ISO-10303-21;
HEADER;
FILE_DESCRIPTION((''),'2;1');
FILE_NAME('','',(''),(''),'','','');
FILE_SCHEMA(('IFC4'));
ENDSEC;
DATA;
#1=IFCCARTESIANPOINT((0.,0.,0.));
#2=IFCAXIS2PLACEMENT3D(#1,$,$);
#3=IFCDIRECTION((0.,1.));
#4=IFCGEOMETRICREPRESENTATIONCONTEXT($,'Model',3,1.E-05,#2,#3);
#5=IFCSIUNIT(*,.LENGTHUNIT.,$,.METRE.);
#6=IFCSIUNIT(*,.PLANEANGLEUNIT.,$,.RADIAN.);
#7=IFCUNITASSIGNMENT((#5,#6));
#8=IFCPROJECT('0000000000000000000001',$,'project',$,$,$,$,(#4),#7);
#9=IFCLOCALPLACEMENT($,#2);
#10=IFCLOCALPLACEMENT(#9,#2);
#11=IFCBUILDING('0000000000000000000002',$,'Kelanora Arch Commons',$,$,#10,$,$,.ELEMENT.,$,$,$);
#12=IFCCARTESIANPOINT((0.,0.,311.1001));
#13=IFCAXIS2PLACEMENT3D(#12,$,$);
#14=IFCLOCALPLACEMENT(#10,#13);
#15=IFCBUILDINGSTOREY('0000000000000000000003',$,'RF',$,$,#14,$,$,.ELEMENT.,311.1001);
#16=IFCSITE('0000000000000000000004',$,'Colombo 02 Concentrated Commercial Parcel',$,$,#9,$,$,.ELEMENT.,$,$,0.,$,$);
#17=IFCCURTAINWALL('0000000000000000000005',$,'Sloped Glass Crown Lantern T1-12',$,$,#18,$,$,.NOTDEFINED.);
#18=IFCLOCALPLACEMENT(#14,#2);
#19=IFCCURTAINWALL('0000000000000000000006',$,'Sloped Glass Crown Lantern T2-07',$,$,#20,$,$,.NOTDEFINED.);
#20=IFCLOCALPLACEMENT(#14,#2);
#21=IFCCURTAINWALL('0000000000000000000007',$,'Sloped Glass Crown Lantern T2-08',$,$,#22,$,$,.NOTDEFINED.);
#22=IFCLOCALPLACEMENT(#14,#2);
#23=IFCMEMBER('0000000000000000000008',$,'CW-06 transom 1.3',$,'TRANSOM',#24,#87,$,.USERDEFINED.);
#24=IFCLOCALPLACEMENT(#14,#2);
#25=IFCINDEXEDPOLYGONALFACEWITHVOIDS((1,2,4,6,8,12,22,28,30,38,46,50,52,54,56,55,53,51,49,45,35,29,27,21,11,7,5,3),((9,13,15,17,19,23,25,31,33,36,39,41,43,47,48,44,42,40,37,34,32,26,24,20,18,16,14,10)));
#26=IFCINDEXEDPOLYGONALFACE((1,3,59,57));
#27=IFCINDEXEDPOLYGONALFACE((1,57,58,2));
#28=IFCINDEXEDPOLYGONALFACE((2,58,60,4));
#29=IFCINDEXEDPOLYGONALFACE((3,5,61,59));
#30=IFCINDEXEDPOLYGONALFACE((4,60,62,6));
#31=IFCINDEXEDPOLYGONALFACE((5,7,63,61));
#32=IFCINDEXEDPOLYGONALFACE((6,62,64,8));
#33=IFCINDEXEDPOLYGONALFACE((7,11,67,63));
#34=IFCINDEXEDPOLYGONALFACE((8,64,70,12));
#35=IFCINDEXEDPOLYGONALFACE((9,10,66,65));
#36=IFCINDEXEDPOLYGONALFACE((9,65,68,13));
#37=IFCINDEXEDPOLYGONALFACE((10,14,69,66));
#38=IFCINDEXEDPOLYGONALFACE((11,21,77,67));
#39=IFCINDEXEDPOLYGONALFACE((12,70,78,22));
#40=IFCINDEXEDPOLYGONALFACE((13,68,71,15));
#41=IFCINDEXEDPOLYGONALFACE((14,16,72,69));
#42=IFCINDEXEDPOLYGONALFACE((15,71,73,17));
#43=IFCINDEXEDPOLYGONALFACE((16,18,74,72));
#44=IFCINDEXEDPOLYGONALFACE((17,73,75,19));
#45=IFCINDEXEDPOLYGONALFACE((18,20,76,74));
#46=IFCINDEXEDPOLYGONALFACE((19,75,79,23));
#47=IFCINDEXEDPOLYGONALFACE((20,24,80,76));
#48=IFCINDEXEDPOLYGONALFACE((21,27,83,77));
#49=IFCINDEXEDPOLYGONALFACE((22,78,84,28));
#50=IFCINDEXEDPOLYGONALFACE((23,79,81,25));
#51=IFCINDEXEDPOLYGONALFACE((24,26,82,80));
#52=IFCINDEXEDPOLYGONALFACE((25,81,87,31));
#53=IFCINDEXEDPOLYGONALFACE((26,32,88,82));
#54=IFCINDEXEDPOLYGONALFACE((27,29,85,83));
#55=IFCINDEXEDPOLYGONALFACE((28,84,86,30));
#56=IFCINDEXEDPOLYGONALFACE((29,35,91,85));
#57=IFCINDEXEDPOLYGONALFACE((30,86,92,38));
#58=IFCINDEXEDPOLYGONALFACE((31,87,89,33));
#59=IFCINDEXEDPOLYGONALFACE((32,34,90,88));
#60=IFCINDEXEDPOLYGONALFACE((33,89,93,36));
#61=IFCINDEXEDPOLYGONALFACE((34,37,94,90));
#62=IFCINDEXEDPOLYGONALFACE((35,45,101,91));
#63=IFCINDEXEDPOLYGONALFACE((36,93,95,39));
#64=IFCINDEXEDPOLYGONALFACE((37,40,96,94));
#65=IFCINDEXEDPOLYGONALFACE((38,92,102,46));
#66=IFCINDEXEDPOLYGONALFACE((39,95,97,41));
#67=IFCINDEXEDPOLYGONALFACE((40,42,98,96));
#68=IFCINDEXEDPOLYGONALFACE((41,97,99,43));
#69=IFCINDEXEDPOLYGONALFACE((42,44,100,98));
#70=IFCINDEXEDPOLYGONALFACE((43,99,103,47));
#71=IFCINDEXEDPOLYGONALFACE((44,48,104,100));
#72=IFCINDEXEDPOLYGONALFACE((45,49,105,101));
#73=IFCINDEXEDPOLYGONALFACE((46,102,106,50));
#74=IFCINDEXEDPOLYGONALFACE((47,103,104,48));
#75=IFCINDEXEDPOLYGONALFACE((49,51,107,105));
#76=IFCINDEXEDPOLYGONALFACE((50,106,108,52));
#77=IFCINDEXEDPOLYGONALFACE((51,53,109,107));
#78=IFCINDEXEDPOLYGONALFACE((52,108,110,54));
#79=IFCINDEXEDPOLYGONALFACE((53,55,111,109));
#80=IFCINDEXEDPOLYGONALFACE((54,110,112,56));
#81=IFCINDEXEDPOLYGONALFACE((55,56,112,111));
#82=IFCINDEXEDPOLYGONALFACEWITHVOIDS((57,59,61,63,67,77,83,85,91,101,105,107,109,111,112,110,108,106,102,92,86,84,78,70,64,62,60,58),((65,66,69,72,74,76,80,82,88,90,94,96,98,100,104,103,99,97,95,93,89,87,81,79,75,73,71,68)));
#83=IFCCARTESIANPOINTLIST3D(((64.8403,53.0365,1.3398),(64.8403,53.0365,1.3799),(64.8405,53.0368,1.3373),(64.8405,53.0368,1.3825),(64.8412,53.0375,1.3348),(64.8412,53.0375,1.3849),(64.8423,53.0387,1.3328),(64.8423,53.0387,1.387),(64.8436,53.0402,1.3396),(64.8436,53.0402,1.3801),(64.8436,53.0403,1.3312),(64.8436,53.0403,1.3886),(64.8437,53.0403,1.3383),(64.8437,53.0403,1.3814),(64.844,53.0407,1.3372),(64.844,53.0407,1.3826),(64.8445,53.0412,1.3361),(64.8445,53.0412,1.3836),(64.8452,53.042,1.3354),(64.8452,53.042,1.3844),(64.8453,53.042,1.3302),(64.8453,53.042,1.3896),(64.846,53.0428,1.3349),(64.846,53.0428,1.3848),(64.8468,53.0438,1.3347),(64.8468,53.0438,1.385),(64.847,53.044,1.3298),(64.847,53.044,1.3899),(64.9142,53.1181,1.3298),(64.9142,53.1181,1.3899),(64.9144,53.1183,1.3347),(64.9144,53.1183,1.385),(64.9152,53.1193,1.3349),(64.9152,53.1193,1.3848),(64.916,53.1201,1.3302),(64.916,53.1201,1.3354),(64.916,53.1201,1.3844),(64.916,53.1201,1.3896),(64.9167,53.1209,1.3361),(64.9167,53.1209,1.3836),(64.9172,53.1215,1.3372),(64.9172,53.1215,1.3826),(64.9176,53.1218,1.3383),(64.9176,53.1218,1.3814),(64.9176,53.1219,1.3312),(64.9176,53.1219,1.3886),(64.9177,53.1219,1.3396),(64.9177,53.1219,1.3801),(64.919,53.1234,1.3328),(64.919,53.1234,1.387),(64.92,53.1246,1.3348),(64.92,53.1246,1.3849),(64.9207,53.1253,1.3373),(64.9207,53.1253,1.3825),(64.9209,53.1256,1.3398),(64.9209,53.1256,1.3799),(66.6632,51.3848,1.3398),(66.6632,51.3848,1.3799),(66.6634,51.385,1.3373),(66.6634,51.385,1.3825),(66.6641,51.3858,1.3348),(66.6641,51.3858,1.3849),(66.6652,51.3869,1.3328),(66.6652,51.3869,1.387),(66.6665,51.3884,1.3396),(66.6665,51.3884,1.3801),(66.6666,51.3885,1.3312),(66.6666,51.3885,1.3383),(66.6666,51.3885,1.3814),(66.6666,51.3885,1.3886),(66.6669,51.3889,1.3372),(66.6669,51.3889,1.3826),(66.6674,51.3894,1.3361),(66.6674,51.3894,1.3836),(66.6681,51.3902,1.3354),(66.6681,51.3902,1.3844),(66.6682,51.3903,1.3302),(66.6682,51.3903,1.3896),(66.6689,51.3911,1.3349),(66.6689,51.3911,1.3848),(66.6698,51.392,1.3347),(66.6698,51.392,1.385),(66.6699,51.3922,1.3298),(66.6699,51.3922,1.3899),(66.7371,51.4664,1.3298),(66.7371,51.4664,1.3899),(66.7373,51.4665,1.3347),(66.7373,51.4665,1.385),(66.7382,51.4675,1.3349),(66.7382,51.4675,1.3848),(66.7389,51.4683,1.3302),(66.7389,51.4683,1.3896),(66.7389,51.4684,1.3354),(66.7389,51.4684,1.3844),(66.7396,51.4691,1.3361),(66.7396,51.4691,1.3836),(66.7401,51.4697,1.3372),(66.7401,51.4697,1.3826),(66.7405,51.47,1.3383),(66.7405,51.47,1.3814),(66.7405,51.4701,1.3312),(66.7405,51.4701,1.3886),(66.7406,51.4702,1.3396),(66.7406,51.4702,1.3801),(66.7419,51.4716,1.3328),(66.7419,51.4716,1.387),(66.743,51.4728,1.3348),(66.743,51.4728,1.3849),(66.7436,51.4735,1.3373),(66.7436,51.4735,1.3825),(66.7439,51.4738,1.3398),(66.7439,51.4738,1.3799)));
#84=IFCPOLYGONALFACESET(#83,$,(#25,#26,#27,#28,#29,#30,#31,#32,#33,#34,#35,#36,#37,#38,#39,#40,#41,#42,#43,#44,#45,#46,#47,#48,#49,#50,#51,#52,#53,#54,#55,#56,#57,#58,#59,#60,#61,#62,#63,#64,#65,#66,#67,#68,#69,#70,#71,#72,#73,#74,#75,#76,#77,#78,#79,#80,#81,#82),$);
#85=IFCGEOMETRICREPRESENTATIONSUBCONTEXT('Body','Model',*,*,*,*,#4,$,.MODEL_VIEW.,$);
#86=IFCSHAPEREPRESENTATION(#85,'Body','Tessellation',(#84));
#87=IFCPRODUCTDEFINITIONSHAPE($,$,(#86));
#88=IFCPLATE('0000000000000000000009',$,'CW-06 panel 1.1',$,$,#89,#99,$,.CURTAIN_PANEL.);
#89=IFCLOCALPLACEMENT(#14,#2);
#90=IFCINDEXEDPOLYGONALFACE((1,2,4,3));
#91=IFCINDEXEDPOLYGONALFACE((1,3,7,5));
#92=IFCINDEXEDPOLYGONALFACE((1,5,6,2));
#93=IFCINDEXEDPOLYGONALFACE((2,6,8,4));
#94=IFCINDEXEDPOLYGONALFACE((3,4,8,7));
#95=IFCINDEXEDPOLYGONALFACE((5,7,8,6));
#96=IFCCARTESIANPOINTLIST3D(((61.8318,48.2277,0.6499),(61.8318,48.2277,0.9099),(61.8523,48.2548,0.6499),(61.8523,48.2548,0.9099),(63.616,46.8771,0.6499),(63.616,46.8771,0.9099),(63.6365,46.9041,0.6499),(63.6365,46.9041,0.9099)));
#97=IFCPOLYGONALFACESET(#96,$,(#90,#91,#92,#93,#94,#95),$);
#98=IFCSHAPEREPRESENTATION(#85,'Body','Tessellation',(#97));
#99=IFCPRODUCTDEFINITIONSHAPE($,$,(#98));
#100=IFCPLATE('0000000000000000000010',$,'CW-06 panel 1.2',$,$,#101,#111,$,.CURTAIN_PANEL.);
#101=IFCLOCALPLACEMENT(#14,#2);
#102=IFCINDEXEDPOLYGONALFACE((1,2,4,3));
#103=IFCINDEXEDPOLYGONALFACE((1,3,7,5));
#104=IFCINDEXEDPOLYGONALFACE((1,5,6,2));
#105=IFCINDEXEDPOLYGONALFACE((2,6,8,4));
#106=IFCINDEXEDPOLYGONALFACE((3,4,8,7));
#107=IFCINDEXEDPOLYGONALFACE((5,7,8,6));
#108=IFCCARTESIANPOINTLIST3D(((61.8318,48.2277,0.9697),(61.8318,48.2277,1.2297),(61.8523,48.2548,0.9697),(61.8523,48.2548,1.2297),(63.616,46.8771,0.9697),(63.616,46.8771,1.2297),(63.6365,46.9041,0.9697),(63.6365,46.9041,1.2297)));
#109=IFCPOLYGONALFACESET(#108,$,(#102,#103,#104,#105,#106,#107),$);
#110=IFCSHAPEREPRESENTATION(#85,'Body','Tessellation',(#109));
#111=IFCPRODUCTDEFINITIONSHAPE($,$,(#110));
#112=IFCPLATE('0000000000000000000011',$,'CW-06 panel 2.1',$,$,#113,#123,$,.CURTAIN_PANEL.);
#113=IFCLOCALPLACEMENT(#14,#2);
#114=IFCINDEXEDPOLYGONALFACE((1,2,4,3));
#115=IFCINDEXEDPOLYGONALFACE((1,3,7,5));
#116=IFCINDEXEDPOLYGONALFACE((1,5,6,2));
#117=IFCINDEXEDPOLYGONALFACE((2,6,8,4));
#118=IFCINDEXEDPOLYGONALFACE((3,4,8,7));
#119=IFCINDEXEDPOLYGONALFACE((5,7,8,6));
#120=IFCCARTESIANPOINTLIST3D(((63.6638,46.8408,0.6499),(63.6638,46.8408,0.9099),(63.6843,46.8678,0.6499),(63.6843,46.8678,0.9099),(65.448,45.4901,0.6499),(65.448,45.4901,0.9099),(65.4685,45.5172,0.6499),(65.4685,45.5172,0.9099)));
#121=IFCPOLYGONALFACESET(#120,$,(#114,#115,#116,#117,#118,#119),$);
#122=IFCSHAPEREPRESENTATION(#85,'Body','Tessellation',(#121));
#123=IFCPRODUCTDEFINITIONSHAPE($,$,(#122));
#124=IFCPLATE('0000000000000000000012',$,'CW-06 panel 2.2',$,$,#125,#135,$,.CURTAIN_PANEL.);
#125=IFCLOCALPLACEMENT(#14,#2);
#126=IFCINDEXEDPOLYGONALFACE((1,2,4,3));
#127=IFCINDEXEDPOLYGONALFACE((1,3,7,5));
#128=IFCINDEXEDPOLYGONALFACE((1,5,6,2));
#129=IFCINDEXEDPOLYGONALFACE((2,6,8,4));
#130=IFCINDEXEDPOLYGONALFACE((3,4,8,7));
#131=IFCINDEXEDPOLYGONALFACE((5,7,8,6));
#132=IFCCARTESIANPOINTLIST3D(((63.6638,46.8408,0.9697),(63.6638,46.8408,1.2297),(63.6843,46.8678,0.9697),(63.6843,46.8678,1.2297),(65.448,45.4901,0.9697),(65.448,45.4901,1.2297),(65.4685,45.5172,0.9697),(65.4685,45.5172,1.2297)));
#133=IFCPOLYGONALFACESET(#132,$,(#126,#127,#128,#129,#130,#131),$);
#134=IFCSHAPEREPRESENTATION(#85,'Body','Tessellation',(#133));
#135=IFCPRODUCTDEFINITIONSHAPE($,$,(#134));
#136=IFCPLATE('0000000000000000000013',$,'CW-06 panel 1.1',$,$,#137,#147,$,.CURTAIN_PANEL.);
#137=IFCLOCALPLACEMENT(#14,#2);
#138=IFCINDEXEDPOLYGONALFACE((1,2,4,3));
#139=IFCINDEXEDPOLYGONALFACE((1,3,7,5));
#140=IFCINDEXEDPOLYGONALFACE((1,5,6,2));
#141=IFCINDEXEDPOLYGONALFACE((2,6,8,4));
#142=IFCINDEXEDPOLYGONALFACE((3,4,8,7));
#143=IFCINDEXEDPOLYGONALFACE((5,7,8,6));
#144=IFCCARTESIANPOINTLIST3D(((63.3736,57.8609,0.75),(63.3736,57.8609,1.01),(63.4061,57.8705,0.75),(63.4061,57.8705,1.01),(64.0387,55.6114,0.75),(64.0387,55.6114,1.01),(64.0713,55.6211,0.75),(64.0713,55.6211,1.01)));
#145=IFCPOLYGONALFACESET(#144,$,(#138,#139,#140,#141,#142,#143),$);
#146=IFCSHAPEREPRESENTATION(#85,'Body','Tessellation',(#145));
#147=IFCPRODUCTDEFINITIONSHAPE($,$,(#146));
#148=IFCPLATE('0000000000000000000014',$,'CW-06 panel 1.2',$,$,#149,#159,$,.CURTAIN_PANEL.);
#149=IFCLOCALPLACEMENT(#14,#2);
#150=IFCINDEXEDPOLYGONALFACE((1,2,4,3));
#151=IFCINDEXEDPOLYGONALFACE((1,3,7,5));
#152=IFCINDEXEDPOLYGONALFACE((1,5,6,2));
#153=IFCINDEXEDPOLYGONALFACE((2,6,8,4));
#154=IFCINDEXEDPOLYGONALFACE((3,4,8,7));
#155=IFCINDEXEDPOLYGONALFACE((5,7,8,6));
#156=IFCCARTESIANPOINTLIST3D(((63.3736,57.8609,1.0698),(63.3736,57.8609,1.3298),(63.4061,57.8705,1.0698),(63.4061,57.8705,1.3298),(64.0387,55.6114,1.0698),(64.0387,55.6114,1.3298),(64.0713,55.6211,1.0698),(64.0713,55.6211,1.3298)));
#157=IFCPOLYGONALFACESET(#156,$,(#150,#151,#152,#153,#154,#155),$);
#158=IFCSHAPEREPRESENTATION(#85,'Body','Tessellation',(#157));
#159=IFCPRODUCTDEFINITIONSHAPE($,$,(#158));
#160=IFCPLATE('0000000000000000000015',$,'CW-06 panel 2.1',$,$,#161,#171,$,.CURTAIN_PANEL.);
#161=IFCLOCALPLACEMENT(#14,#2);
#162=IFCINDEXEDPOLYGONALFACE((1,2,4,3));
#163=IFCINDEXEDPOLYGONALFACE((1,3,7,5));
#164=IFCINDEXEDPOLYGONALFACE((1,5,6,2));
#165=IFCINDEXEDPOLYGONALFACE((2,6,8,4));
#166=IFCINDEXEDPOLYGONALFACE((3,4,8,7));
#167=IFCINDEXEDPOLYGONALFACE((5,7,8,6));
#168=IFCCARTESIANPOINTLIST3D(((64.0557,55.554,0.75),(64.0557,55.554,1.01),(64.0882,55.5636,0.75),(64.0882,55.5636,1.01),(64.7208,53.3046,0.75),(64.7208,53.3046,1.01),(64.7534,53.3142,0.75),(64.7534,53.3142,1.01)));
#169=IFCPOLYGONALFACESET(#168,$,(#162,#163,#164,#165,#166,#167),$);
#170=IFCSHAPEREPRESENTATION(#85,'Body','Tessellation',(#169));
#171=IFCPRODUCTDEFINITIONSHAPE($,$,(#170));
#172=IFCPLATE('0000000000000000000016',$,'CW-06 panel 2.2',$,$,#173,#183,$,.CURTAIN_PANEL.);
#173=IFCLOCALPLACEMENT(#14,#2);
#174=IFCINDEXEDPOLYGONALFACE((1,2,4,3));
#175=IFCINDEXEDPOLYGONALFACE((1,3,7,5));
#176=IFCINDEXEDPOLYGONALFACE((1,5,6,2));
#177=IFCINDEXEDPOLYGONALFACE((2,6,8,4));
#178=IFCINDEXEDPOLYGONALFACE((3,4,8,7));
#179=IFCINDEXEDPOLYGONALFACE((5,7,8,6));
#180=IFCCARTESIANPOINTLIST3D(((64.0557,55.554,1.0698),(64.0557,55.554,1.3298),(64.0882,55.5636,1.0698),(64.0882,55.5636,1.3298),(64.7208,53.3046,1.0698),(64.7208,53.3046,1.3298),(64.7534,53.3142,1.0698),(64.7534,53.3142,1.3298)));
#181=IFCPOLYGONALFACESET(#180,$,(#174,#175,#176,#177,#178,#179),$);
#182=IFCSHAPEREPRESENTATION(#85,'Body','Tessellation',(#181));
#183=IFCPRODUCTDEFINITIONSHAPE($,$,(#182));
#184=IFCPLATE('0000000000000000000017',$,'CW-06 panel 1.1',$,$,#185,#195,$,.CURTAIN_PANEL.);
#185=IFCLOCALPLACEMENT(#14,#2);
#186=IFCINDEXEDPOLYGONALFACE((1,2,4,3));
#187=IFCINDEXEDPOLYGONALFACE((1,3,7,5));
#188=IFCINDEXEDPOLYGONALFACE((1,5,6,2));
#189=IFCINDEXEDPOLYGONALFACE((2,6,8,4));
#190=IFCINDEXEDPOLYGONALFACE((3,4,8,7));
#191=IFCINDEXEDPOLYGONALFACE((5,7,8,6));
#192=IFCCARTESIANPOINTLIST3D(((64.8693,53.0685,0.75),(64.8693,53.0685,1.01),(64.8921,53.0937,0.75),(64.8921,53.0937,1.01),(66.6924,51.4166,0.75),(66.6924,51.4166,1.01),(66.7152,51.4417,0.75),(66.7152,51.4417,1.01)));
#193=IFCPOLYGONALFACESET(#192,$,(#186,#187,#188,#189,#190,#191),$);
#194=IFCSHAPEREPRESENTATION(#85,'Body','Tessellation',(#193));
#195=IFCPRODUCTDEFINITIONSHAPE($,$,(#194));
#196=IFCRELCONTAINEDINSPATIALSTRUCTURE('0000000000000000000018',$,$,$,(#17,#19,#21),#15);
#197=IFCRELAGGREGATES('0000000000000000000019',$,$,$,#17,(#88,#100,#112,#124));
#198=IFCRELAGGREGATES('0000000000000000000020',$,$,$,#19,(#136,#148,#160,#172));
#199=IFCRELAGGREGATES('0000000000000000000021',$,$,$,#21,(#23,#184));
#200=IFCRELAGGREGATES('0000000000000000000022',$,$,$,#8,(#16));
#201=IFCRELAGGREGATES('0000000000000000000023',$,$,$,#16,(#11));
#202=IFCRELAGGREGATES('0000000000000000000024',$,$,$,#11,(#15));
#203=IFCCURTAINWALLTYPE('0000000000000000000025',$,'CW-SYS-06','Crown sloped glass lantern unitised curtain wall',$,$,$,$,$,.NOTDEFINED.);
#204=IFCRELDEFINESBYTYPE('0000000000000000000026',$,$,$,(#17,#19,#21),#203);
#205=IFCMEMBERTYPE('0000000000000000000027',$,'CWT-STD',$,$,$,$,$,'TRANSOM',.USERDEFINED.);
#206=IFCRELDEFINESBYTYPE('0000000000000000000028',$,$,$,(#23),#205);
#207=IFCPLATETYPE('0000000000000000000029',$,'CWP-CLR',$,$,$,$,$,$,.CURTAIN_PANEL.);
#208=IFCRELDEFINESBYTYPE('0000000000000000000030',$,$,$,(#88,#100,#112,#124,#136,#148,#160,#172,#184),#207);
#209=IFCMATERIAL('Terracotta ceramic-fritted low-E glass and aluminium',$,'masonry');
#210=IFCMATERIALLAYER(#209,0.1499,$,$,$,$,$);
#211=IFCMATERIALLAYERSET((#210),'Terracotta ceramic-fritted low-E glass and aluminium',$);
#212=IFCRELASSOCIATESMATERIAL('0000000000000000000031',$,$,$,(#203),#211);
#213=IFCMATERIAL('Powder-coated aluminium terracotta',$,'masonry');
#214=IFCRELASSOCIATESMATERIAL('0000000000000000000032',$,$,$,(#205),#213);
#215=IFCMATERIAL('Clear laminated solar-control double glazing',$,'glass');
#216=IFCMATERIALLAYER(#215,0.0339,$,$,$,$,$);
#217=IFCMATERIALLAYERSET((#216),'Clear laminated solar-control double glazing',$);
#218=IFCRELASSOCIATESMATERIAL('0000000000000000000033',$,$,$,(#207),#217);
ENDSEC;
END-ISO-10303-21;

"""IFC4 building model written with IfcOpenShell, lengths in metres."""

from ifc_helpers import new_model, si_unit, direction, frame, origin, origin_2d, place, context, subcontext, project, spatial, rectangle, hollow_rectangle, extrude, source, transform, mapped, material, layer, layer_set, material_profile, profile_set, type_object, element, aggregate, save


model = new_model("IFC4")

# Units and contexts
model_context = context("Model", 3, precision=1e-05, world=origin(), true_north=direction((0.0, 1.0)))
body_context = subcontext(model_context, "Body", "Model", "MODEL_VIEW")
ifc_project = project(units=[si_unit("LENGTHUNIT", "METRE"), si_unit("PLANEANGLEUNIT", "RADIAN")], contexts=[model_context])

# Site, building, storey
site_placement = place(None, origin())
site = spatial("IfcSite", under=ifc_project, at=site_placement, Name="Colombo 02 Concentrated Commercial Parcel", CompositionType="ELEMENT", RefElevation=0.0)
building_placement = place(site_placement, origin())
building = spatial("IfcBuilding", under=site, at=building_placement, Name="Kelanora Arch Commons", CompositionType="ELEMENT")
storey_placement = place(building_placement, frame((0.0, 0.0, 311.1001)))
storey = spatial("IfcBuildingStorey", under=building, at=storey_placement, Name="RF", CompositionType="ELEMENT", Elevation=311.1001)

# Curtain walls
ifc_material_1 = material(Name="Terracotta ceramic-fritted low-E glass and aluminium", Category="masonry")
ifc_layer_1 = layer(ifc_material_1, 0.1499)
ifc_layer_set_1 = layer_set([ifc_layer_1], Name="Terracotta ceramic-fritted low-E glass and aluminium")
curtain_wall_type = type_object("IfcCurtainWallType", Name="CW-SYS-06", Description="Crown sloped glass lantern unitised curtain wall", PredefinedType="NOTDEFINED", material=ifc_layer_set_1)
curtain_wall_1_placement = place(storey_placement, origin())
curtain_wall_1 = element("IfcCurtainWall", 1, at=curtain_wall_1_placement, inside=storey, type_object=curtain_wall_type, Name="Sloped Glass Crown Lantern T1-12", PredefinedType="NOTDEFINED")
ifc_material_2 = material(Name="Powder-coated aluminium terracotta", Category="masonry")
curtain_wall_2_placement = place(storey_placement, origin())
curtain_wall_2 = element("IfcCurtainWall", 2, at=curtain_wall_2_placement, inside=storey, type_object=curtain_wall_type, Name="Sloped Glass Crown Lantern T2-07", PredefinedType="NOTDEFINED")

# Curtain wall
curtain_wall_3_placement = place(storey_placement, origin())
curtain_wall_3 = element("IfcCurtainWall", 3, at=curtain_wall_3_placement, inside=storey, type_object=curtain_wall_type, Name="Sloped Glass Crown Lantern T2-08", PredefinedType="NOTDEFINED")

# Member
ifc_material_profile_1 = material_profile(ifc_material_2, hollow_rectangle(XDim=0.1201, YDim=0.0601, WallThickness=0.0049, InnerFilletRadius=0.0049, OuterFilletRadius=0.01, at=origin_2d()), Name="CWT120x60")
ifc_profile_set_1 = profile_set([ifc_material_profile_1], Name="Powder-coated aluminium terracotta")
member_type_1 = type_object("IfcMemberType", Name="CWT-STD", ElementType="TRANSOM", PredefinedType="USERDEFINED", material=ifc_profile_set_1)
member_1_placement = place(storey_placement, frame((64.8806, 53.0811, 1.3599), z_axis=(0.741035, -0.671467, 0.0), x_axis=(0.671467, 0.741035, 0.0)))
member_1 = element("IfcMember", 4, at=member_1_placement, type_object=member_type_1, Name="CW-06 transom 1.3", ObjectType="TRANSOM", PredefinedType="USERDEFINED", context=body_context, shape_type="SweptSolid", body=[
    extrude(hollow_rectangle(XDim=0.1201, YDim=0.0601, WallThickness=0.0049, InnerFilletRadius=0.0049, OuterFilletRadius=0.01, at=origin_2d()), origin(), (0.0, 0.0, 1.0), 2.46),
])

# Plates
ifc_material_3 = material(Name="Clear laminated solar-control double glazing", Category="glass")
ifc_layer_2 = layer(ifc_material_3, 0.0339)
ifc_layer_set_2 = layer_set([ifc_layer_2], Name="Clear laminated solar-control double glazing")
plate_type = type_object("IfcPlateType", Name="CWP-CLR", PredefinedType="CURTAIN_PANEL", material=ifc_layer_set_2)
shared_shape_1 = source(origin(), body_context, "Body", "SweptSolid", [
    extrude(rectangle(XDim=2.2378, YDim=0.0339, at=origin_2d()), origin(), (0.0, 0.0, 1.0), 0.26),
])
plate_1_placement = place(storey_placement, frame((62.7341, 47.5659, 0.6499), z_axis=(0.0, 0.0, 1.0), x_axis=(0.797311, -0.603568, 0.0)))
plate_1 = element("IfcPlate", 5, at=plate_1_placement, type_object=plate_type, Name="CW-06 panel 1.1", PredefinedType="CURTAIN_PANEL", context=body_context, shape_type="MappedRepresentation", body=[
    mapped(shared_shape_1, transform((0.0, 0.0, 0.0), scale=1.0)),
])
plate_2_placement = place(storey_placement, frame((62.7341, 47.5659, 0.9697), z_axis=(0.0, 0.0, 1.0), x_axis=(0.797311, -0.603568, 0.0)))
plate_2 = element("IfcPlate", 6, at=plate_2_placement, type_object=plate_type, Name="CW-06 panel 1.2", PredefinedType="CURTAIN_PANEL", context=body_context, shape_type="MappedRepresentation", body=[
    mapped(shared_shape_1, transform((0.0, 0.0, 0.0), scale=1.0)),
])
plate_3_placement = place(storey_placement, frame((64.5662, 46.179, 0.6499), z_axis=(0.0, 0.0, 1.0), x_axis=(0.797311, -0.603568, 0.0)))
plate_3 = element("IfcPlate", 7, at=plate_3_placement, type_object=plate_type, Name="CW-06 panel 2.1", PredefinedType="CURTAIN_PANEL", context=body_context, shape_type="MappedRepresentation", body=[
    mapped(shared_shape_1, transform((0.0, 0.0, 0.0), scale=1.0)),
])
plate_4_placement = place(storey_placement, frame((64.5662, 46.179, 0.9697), z_axis=(0.0, 0.0, 1.0), x_axis=(0.797311, -0.603568, 0.0)))
plate_4 = element("IfcPlate", 8, at=plate_4_placement, type_object=plate_type, Name="CW-06 panel 2.2", PredefinedType="CURTAIN_PANEL", context=body_context, shape_type="MappedRepresentation", body=[
    mapped(shared_shape_1, transform((0.0, 0.0, 0.0), scale=1.0)),
])
aggregate(curtain_wall_1, [plate_1, plate_2, plate_3, plate_4])
shared_shape_2 = source(origin(), body_context, "Body", "SweptSolid", [
    extrude(rectangle(XDim=2.3457, YDim=0.0339, at=origin_2d()), origin(), (0.0, 0.0, 1.0), 0.26),
])
plate_5_placement = place(storey_placement, frame((63.7224, 56.741, 0.75), z_axis=(0.0, 0.0, 1.0), x_axis=(0.283564, -0.958953, 0.0)))
plate_5 = element("IfcPlate", 9, at=plate_5_placement, type_object=plate_type, Name="CW-06 panel 1.1", PredefinedType="CURTAIN_PANEL", context=body_context, shape_type="MappedRepresentation", body=[
    mapped(shared_shape_2, transform((0.0, 0.0, 0.0), scale=1.0)),
])
plate_6_placement = place(storey_placement, frame((63.7224, 56.741, 1.0698), z_axis=(0.0, 0.0, 1.0), x_axis=(0.283564, -0.958953, 0.0)))
plate_6 = element("IfcPlate", 10, at=plate_6_placement, type_object=plate_type, Name="CW-06 panel 1.2", PredefinedType="CURTAIN_PANEL", context=body_context, shape_type="MappedRepresentation", body=[
    mapped(shared_shape_2, transform((0.0, 0.0, 0.0), scale=1.0)),
])
plate_7_placement = place(storey_placement, frame((64.4045, 54.4341, 0.75), z_axis=(0.0, 0.0, 1.0), x_axis=(0.283564, -0.958953, 0.0)))
plate_7 = element("IfcPlate", 11, at=plate_7_placement, type_object=plate_type, Name="CW-06 panel 2.1", PredefinedType="CURTAIN_PANEL", context=body_context, shape_type="MappedRepresentation", body=[
    mapped(shared_shape_2, transform((0.0, 0.0, 0.0), scale=1.0)),
])
plate_8_placement = place(storey_placement, frame((64.4045, 54.4341, 1.0698), z_axis=(0.0, 0.0, 1.0), x_axis=(0.283564, -0.958953, 0.0)))
plate_8 = element("IfcPlate", 12, at=plate_8_placement, type_object=plate_type, Name="CW-06 panel 2.2", PredefinedType="CURTAIN_PANEL", context=body_context, shape_type="MappedRepresentation", body=[
    mapped(shared_shape_2, transform((0.0, 0.0, 0.0), scale=1.0)),
])
aggregate(curtain_wall_2, [plate_5, plate_6, plate_7, plate_8])
shared_shape_3 = source(origin(), body_context, "Body", "SweptSolid", [
    extrude(rectangle(XDim=2.4602, YDim=0.0339, at=origin_2d()), origin(), (0.0, 0.0, 1.0), 0.26),
])
plate_9_placement = place(storey_placement, frame((65.7922, 52.2551, 0.75), z_axis=(0.0, 0.0, 1.0), x_axis=(0.741042, -0.671459, 0.0)))
plate_9 = element("IfcPlate", 13, at=plate_9_placement, type_object=plate_type, Name="CW-06 panel 1.1", PredefinedType="CURTAIN_PANEL", context=body_context, shape_type="MappedRepresentation", body=[
    mapped(shared_shape_3, transform((0.0, 0.0, 0.0), scale=1.0)),
])
aggregate(curtain_wall_3, [member_1, plate_9])

save(model, "model.ifc")
